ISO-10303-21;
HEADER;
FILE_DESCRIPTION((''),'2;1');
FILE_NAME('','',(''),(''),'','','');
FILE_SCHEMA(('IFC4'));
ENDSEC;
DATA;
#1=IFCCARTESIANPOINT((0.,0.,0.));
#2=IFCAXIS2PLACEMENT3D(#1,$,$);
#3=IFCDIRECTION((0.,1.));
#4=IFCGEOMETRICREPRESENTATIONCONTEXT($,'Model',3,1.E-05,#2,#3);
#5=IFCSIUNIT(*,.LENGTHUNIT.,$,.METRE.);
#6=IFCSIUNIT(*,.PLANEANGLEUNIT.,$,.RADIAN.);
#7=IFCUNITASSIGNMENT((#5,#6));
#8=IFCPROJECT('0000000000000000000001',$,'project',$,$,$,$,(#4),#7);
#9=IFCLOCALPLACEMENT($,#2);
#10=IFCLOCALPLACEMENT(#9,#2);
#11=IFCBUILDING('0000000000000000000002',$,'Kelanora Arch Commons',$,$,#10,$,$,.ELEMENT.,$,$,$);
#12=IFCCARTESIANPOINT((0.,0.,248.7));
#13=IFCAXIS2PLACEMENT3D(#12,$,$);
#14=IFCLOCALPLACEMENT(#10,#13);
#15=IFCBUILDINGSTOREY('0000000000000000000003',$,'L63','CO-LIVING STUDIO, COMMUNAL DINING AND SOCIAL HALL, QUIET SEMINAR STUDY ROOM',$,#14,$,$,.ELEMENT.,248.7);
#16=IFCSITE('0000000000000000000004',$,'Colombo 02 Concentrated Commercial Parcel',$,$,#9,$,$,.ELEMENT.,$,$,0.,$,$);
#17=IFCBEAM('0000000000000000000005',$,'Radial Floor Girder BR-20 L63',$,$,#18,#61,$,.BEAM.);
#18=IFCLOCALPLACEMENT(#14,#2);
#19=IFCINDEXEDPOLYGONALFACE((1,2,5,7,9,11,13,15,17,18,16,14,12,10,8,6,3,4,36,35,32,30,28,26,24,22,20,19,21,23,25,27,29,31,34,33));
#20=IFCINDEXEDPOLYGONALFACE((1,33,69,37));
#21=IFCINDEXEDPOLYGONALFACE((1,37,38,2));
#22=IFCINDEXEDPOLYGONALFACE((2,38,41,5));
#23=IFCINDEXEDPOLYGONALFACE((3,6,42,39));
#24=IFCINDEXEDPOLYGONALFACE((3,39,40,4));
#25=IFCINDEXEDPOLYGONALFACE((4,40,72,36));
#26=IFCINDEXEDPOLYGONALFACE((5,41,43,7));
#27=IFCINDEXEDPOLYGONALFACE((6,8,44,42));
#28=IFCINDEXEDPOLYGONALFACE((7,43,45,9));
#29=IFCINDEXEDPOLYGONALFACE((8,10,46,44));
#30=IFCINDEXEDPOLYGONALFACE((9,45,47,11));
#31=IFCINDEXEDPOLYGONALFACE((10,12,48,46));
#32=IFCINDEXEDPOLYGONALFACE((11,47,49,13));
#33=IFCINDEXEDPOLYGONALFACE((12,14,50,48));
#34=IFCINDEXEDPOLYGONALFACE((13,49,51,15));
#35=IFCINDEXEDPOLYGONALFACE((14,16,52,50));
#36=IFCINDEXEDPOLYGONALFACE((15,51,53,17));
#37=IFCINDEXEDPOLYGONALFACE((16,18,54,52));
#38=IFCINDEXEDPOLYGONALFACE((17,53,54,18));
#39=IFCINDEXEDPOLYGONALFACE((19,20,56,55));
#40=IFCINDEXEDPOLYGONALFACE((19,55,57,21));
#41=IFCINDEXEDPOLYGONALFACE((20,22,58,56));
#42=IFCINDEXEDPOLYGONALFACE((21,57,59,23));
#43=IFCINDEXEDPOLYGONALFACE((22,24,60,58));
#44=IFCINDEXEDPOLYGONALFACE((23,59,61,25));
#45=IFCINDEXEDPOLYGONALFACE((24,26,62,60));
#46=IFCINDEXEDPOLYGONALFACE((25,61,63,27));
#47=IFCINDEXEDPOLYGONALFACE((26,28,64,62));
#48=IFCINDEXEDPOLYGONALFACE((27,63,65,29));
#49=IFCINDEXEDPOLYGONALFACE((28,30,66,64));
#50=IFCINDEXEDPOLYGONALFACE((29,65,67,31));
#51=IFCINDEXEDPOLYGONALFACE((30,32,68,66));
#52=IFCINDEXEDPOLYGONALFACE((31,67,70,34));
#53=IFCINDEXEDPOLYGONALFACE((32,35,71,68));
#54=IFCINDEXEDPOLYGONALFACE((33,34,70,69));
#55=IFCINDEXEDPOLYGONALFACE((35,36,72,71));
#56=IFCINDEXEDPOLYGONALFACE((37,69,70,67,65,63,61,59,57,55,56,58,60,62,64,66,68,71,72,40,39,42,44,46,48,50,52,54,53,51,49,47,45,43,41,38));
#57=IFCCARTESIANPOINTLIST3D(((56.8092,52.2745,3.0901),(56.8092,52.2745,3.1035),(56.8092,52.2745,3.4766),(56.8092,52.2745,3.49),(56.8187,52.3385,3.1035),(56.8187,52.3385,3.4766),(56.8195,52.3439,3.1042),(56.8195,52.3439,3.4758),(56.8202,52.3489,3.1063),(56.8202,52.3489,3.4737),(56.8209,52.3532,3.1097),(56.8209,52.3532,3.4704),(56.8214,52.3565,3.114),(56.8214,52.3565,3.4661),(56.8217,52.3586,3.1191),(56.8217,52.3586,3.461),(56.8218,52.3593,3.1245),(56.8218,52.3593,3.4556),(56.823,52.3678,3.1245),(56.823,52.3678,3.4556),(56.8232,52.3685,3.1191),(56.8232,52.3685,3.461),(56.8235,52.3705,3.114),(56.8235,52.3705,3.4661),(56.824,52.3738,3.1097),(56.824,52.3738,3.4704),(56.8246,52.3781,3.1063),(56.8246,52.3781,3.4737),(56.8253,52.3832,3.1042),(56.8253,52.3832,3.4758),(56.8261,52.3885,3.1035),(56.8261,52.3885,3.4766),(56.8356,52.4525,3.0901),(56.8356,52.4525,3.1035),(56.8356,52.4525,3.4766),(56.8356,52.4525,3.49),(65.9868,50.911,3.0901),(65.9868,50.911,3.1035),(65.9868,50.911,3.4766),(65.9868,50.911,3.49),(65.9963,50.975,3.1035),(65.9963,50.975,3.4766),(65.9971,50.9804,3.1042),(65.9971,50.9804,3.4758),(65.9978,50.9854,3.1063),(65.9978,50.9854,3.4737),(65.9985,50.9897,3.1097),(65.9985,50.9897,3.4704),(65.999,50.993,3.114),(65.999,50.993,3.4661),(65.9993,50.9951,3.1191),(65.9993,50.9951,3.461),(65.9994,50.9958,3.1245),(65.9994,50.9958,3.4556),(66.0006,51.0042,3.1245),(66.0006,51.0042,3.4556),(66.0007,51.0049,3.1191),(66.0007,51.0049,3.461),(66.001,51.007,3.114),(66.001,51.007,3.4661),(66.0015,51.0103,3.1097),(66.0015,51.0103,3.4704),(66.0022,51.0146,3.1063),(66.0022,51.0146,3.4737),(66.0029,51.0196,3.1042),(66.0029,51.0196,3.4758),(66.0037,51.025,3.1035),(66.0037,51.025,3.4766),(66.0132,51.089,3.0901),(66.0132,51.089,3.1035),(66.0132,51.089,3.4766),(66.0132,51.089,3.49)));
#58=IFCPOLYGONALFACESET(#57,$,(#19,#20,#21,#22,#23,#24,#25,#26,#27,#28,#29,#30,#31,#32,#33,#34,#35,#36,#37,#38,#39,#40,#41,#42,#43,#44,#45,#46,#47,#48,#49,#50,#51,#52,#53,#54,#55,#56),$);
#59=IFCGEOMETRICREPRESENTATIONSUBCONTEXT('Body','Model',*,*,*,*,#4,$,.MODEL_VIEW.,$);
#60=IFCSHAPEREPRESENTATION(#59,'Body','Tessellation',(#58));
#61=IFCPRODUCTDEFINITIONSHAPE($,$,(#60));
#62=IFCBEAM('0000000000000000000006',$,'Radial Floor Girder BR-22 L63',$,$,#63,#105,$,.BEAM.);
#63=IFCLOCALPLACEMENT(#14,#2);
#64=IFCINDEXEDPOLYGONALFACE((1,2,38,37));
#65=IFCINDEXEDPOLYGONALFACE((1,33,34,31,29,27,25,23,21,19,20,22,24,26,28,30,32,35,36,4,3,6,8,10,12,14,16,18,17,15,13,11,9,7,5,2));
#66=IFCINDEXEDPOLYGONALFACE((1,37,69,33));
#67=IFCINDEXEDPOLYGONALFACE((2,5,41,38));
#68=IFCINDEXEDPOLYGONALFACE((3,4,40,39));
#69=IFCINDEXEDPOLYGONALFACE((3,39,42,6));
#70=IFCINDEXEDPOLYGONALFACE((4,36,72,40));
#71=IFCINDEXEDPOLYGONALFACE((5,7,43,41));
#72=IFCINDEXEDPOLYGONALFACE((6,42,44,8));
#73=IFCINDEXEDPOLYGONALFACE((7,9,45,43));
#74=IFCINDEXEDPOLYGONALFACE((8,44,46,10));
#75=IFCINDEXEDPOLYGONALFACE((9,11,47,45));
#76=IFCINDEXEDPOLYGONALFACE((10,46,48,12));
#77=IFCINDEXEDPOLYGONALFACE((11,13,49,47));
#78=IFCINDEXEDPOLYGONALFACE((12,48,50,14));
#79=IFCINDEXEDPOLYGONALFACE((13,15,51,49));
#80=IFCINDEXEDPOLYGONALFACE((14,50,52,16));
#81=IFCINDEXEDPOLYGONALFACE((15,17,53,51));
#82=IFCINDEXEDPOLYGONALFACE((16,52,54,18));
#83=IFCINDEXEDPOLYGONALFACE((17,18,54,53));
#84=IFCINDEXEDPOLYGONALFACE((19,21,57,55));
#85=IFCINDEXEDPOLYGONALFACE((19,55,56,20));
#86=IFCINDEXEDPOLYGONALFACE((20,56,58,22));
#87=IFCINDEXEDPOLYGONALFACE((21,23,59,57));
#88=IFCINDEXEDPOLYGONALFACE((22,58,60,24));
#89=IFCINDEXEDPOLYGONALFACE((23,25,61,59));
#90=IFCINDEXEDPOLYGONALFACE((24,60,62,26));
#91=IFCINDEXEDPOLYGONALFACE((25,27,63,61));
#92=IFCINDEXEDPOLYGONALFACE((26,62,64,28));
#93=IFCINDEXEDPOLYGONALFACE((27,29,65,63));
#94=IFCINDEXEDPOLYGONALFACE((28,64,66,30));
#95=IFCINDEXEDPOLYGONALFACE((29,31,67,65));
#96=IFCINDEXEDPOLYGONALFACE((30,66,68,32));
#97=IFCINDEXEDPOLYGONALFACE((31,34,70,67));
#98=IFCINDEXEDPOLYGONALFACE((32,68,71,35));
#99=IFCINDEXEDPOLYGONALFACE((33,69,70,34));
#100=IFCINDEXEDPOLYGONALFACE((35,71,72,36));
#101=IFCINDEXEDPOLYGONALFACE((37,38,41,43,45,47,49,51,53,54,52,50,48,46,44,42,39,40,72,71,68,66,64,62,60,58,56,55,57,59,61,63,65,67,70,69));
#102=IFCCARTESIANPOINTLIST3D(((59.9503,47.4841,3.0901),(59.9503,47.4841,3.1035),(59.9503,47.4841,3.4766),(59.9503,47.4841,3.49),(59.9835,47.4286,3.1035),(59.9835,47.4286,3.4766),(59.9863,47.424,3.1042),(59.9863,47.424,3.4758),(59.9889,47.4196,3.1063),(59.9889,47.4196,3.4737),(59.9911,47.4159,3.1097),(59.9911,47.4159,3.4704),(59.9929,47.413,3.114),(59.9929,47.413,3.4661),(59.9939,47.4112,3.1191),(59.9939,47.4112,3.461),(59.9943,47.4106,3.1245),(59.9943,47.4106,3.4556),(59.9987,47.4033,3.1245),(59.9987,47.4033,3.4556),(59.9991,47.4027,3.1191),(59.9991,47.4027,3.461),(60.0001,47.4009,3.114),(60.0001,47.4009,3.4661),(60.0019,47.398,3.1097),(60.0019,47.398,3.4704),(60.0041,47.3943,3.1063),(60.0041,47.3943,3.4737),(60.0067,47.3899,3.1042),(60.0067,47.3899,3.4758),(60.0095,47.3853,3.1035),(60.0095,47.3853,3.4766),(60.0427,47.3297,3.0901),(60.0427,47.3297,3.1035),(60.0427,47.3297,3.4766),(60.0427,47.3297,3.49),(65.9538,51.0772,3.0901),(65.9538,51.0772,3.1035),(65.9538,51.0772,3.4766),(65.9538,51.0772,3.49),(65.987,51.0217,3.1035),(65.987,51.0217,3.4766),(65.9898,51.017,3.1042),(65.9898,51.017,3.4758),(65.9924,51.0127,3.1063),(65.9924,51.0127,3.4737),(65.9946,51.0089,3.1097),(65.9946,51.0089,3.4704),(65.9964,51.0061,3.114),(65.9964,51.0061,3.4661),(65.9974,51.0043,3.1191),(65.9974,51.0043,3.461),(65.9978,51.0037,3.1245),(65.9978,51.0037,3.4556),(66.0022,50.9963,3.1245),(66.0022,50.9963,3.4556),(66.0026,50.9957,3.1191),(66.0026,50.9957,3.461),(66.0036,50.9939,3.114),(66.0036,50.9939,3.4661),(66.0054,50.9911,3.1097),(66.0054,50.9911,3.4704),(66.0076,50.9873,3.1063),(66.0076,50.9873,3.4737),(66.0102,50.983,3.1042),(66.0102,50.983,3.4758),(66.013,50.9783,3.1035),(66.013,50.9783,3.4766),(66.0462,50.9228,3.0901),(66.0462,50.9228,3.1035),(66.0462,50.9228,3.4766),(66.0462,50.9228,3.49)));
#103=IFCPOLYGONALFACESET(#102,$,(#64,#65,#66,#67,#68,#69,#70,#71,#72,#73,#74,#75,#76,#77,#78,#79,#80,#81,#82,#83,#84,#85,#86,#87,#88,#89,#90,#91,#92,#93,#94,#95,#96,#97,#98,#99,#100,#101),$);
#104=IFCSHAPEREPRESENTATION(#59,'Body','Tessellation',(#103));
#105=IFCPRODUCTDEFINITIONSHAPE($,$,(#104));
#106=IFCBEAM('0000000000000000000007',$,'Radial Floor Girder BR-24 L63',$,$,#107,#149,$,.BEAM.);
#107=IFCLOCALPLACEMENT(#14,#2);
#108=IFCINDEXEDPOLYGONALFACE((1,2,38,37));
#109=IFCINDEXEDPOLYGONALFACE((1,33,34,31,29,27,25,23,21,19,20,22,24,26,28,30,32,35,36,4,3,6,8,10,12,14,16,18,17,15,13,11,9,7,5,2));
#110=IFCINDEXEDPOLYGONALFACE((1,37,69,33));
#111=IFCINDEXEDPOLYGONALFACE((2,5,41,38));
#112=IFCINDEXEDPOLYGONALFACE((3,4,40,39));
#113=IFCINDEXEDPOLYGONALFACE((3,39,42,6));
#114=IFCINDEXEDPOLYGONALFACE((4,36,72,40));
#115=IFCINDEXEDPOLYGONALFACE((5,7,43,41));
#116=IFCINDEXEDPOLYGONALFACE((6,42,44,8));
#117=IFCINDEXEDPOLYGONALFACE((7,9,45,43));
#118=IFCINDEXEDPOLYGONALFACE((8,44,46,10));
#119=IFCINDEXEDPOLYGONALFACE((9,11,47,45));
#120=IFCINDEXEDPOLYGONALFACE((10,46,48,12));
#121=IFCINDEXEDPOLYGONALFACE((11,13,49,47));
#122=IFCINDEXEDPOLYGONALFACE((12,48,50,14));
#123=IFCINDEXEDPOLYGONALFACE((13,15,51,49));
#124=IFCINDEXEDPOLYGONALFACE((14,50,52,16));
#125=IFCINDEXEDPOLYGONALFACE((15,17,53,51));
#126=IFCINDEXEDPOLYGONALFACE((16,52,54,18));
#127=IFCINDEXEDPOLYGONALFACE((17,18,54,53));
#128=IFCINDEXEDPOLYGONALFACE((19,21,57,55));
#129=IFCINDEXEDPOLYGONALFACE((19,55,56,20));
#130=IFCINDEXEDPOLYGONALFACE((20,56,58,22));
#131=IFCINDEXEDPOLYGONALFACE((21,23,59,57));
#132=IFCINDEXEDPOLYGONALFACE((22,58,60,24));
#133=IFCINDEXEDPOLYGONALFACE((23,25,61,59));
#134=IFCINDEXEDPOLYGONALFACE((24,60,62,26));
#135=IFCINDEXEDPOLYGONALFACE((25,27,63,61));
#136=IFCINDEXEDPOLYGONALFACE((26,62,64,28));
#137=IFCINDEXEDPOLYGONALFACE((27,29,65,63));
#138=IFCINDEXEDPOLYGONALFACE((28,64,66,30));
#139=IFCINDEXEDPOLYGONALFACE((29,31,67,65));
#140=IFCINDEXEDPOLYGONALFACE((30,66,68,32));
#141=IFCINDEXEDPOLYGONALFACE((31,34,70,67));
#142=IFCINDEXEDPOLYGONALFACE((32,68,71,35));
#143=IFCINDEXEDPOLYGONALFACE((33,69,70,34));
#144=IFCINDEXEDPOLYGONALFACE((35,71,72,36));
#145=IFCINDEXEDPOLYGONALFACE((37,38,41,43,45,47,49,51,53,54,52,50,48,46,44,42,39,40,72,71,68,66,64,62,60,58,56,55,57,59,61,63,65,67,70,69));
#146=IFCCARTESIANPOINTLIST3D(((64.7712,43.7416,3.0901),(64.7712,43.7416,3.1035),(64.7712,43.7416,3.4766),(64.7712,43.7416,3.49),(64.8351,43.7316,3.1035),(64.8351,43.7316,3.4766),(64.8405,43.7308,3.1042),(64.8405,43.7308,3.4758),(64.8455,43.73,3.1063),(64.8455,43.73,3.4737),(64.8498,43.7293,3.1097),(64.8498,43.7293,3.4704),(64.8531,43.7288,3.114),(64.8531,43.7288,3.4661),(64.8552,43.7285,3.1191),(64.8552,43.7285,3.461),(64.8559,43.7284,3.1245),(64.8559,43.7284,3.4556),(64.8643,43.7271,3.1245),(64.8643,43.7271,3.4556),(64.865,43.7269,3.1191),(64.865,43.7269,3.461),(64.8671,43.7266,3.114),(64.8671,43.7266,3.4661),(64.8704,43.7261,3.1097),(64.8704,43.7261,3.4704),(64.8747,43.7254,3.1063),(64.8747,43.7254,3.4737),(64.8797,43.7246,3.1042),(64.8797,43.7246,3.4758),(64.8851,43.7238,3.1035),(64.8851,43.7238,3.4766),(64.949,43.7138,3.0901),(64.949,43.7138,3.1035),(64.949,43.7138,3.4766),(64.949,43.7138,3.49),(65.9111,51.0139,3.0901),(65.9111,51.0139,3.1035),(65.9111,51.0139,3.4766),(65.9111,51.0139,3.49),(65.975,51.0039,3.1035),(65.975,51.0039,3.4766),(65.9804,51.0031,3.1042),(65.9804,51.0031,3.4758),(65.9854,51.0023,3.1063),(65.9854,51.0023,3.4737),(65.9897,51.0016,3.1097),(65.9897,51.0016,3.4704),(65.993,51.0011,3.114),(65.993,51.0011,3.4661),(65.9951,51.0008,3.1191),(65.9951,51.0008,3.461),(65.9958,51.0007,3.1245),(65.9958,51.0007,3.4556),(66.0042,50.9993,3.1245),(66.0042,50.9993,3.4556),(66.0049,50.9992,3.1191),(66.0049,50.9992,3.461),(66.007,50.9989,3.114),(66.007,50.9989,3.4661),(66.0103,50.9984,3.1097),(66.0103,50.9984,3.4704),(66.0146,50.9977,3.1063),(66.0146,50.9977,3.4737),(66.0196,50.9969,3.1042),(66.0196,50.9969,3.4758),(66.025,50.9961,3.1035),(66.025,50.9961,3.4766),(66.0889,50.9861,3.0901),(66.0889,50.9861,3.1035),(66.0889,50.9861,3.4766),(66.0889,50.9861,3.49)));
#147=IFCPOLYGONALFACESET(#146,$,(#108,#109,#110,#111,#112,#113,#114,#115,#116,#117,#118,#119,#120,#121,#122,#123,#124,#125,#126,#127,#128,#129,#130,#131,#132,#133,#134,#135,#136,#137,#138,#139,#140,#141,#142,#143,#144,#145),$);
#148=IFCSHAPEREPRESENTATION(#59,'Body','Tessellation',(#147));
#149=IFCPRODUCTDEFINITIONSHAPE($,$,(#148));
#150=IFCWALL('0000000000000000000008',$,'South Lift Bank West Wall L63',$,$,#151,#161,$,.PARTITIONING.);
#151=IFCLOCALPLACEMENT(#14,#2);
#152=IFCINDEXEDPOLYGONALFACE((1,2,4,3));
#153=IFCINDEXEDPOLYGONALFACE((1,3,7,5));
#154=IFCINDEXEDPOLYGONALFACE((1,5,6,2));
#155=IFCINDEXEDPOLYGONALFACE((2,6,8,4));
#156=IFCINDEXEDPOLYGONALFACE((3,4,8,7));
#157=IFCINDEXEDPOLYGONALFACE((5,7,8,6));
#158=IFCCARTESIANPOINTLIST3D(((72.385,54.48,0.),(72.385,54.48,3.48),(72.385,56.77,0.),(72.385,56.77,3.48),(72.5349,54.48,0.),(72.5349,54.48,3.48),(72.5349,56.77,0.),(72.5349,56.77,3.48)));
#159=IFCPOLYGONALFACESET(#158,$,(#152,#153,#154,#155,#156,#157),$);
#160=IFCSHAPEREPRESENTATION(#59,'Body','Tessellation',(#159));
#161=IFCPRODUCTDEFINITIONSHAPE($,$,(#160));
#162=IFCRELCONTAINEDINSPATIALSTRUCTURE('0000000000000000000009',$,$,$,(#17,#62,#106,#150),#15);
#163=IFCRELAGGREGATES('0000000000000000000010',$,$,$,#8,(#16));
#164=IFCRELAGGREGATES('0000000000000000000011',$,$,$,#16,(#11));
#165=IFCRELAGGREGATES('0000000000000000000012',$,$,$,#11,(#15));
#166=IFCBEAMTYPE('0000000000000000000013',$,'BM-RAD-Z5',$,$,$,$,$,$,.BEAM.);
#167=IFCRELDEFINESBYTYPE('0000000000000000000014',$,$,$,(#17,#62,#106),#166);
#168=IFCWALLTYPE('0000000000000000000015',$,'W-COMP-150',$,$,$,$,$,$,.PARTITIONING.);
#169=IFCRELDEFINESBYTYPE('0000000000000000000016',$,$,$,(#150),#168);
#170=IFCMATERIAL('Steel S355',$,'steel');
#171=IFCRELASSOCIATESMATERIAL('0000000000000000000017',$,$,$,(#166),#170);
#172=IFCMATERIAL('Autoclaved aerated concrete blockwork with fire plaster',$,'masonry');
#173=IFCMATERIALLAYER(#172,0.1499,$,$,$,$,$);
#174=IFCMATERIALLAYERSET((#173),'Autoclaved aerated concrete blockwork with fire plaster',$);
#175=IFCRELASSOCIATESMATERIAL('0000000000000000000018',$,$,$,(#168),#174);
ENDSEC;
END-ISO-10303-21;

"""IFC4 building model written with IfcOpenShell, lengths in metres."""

from ifc_helpers import new_model, si_unit, direction, frame, frame_2d, origin, origin_2d, place, context, subcontext, project, spatial, rectangle, i_section, extrude, material, layer, layer_set, material_profile, profile_set, type_object, element, save


model = new_model("IFC4")

# Units and contexts
model_context = context("Model", 3, precision=1e-05, world=origin(), true_north=direction((0.0, 1.0)))
body_context = subcontext(model_context, "Body", "Model", "MODEL_VIEW")
ifc_project = project(units=[si_unit("LENGTHUNIT", "METRE"), si_unit("PLANEANGLEUNIT", "RADIAN")], contexts=[model_context])

# Site, building, storey
site_placement = place(None, origin())
site = spatial("IfcSite", under=ifc_project, at=site_placement, Name="Colombo 02 Concentrated Commercial Parcel", CompositionType="ELEMENT", RefElevation=0.0)
building_placement = place(site_placement, origin())
building = spatial("IfcBuilding", under=site, at=building_placement, Name="Kelanora Arch Commons", CompositionType="ELEMENT")
storey_placement = place(building_placement, frame((0.0, 0.0, 248.7)))
storey = spatial("IfcBuildingStorey", under=building, at=storey_placement, Name="L63", Description="CO-LIVING STUDIO, COMMUNAL DINING AND SOCIAL HALL, QUIET SEMINAR STUDY ROOM", CompositionType="ELEMENT", Elevation=248.7)

# Beams
ifc_material_1 = material(Name="Steel S355", Category="steel")
ifc_material_profile_1 = material_profile(ifc_material_1, i_section(OverallWidth=0.1799, OverallDepth=0.3999, WebThickness=0.0085, FlangeThickness=0.0134, FilletRadius=0.021, at=origin_2d()), Name="IPE400")
ifc_profile_set_1 = profile_set([ifc_material_profile_1], Name="Steel S355")
beam_type_1 = type_object("IfcBeamType", Name="BM-RAD-Z5", PredefinedType="BEAM", material=ifc_profile_set_1)
beam_1_placement = place(storey_placement, frame((66.0, 51.0, 3.29), z_axis=(-0.989142, 0.14696, 0.0), x_axis=(-0.14696, -0.989142, 0.0)))
element("IfcBeam", 1, at=beam_1_placement, inside=storey, type_object=beam_type_1, Name="Radial Floor Girder BR-20 L63", PredefinedType="BEAM", context=body_context, shape_type="SweptSolid", body=[
    extrude(i_section(OverallWidth=0.1799, OverallDepth=0.3999, WebThickness=0.0085, FlangeThickness=0.0134, FilletRadius=0.021, at=origin_2d()), origin(), (0.0, 0.0, 1.0), 9.2783),
])
beam_2_placement = place(storey_placement, frame((66.0, 51.0, 3.29), z_axis=(-0.858062, -0.513546, 0.0), x_axis=(0.513546, -0.858062, 0.0)))
element("IfcBeam", 2, at=beam_2_placement, inside=storey, type_object=beam_type_1, Name="Radial Floor Girder BR-22 L63", PredefinedType="BEAM", context=body_context, shape_type="SweptSolid", body=[
    extrude(i_section(OverallWidth=0.1799, OverallDepth=0.3999, WebThickness=0.0085, FlangeThickness=0.0134, FilletRadius=0.021, at=origin_2d()), origin(), (0.0, 0.0, 1.0), 6.9966),
])
beam_3_placement = place(storey_placement, frame((66.0, 51.0, 3.29), z_axis=(-0.154855, -0.987937, 0.0), x_axis=(0.987937, -0.154855, 0.0)))
element("IfcBeam", 3, at=beam_3_placement, inside=storey, type_object=beam_type_1, Name="Radial Floor Girder BR-24 L63", PredefinedType="BEAM", context=body_context, shape_type="SweptSolid", body=[
    extrude(i_section(OverallWidth=0.1799, OverallDepth=0.3999, WebThickness=0.0085, FlangeThickness=0.0134, FilletRadius=0.021, at=origin_2d()), origin(), (0.0, 0.0, 1.0), 7.3611),
])

# Wall
ifc_material_2 = material(Name="Autoclaved aerated concrete blockwork with fire plaster", Category="masonry")
ifc_layer_1 = layer(ifc_material_2, 0.1499)
ifc_layer_set_1 = layer_set([ifc_layer_1], Name="Autoclaved aerated concrete blockwork with fire plaster")
wall_type_1 = type_object("IfcWallType", Name="W-COMP-150", PredefinedType="PARTITIONING", material=ifc_layer_set_1)
wall_1_placement = place(storey_placement, frame((72.46, 54.48, 0.0), z_axis=(0.0, 0.0, 1.0), x_axis=(0.0, 1.0, 0.0)))
element("IfcWall", 4, at=wall_1_placement, inside=storey, type_object=wall_type_1, Name="South Lift Bank West Wall L63", PredefinedType="PARTITIONING", context=body_context, shape_type="SweptSolid", body=[
    extrude(rectangle(XDim=2.29, YDim=0.1499, at=frame_2d((1.145, 0.0))), origin(), (0.0, 0.0, 1.0), 3.48),
])

save(model, "model.ifc")
